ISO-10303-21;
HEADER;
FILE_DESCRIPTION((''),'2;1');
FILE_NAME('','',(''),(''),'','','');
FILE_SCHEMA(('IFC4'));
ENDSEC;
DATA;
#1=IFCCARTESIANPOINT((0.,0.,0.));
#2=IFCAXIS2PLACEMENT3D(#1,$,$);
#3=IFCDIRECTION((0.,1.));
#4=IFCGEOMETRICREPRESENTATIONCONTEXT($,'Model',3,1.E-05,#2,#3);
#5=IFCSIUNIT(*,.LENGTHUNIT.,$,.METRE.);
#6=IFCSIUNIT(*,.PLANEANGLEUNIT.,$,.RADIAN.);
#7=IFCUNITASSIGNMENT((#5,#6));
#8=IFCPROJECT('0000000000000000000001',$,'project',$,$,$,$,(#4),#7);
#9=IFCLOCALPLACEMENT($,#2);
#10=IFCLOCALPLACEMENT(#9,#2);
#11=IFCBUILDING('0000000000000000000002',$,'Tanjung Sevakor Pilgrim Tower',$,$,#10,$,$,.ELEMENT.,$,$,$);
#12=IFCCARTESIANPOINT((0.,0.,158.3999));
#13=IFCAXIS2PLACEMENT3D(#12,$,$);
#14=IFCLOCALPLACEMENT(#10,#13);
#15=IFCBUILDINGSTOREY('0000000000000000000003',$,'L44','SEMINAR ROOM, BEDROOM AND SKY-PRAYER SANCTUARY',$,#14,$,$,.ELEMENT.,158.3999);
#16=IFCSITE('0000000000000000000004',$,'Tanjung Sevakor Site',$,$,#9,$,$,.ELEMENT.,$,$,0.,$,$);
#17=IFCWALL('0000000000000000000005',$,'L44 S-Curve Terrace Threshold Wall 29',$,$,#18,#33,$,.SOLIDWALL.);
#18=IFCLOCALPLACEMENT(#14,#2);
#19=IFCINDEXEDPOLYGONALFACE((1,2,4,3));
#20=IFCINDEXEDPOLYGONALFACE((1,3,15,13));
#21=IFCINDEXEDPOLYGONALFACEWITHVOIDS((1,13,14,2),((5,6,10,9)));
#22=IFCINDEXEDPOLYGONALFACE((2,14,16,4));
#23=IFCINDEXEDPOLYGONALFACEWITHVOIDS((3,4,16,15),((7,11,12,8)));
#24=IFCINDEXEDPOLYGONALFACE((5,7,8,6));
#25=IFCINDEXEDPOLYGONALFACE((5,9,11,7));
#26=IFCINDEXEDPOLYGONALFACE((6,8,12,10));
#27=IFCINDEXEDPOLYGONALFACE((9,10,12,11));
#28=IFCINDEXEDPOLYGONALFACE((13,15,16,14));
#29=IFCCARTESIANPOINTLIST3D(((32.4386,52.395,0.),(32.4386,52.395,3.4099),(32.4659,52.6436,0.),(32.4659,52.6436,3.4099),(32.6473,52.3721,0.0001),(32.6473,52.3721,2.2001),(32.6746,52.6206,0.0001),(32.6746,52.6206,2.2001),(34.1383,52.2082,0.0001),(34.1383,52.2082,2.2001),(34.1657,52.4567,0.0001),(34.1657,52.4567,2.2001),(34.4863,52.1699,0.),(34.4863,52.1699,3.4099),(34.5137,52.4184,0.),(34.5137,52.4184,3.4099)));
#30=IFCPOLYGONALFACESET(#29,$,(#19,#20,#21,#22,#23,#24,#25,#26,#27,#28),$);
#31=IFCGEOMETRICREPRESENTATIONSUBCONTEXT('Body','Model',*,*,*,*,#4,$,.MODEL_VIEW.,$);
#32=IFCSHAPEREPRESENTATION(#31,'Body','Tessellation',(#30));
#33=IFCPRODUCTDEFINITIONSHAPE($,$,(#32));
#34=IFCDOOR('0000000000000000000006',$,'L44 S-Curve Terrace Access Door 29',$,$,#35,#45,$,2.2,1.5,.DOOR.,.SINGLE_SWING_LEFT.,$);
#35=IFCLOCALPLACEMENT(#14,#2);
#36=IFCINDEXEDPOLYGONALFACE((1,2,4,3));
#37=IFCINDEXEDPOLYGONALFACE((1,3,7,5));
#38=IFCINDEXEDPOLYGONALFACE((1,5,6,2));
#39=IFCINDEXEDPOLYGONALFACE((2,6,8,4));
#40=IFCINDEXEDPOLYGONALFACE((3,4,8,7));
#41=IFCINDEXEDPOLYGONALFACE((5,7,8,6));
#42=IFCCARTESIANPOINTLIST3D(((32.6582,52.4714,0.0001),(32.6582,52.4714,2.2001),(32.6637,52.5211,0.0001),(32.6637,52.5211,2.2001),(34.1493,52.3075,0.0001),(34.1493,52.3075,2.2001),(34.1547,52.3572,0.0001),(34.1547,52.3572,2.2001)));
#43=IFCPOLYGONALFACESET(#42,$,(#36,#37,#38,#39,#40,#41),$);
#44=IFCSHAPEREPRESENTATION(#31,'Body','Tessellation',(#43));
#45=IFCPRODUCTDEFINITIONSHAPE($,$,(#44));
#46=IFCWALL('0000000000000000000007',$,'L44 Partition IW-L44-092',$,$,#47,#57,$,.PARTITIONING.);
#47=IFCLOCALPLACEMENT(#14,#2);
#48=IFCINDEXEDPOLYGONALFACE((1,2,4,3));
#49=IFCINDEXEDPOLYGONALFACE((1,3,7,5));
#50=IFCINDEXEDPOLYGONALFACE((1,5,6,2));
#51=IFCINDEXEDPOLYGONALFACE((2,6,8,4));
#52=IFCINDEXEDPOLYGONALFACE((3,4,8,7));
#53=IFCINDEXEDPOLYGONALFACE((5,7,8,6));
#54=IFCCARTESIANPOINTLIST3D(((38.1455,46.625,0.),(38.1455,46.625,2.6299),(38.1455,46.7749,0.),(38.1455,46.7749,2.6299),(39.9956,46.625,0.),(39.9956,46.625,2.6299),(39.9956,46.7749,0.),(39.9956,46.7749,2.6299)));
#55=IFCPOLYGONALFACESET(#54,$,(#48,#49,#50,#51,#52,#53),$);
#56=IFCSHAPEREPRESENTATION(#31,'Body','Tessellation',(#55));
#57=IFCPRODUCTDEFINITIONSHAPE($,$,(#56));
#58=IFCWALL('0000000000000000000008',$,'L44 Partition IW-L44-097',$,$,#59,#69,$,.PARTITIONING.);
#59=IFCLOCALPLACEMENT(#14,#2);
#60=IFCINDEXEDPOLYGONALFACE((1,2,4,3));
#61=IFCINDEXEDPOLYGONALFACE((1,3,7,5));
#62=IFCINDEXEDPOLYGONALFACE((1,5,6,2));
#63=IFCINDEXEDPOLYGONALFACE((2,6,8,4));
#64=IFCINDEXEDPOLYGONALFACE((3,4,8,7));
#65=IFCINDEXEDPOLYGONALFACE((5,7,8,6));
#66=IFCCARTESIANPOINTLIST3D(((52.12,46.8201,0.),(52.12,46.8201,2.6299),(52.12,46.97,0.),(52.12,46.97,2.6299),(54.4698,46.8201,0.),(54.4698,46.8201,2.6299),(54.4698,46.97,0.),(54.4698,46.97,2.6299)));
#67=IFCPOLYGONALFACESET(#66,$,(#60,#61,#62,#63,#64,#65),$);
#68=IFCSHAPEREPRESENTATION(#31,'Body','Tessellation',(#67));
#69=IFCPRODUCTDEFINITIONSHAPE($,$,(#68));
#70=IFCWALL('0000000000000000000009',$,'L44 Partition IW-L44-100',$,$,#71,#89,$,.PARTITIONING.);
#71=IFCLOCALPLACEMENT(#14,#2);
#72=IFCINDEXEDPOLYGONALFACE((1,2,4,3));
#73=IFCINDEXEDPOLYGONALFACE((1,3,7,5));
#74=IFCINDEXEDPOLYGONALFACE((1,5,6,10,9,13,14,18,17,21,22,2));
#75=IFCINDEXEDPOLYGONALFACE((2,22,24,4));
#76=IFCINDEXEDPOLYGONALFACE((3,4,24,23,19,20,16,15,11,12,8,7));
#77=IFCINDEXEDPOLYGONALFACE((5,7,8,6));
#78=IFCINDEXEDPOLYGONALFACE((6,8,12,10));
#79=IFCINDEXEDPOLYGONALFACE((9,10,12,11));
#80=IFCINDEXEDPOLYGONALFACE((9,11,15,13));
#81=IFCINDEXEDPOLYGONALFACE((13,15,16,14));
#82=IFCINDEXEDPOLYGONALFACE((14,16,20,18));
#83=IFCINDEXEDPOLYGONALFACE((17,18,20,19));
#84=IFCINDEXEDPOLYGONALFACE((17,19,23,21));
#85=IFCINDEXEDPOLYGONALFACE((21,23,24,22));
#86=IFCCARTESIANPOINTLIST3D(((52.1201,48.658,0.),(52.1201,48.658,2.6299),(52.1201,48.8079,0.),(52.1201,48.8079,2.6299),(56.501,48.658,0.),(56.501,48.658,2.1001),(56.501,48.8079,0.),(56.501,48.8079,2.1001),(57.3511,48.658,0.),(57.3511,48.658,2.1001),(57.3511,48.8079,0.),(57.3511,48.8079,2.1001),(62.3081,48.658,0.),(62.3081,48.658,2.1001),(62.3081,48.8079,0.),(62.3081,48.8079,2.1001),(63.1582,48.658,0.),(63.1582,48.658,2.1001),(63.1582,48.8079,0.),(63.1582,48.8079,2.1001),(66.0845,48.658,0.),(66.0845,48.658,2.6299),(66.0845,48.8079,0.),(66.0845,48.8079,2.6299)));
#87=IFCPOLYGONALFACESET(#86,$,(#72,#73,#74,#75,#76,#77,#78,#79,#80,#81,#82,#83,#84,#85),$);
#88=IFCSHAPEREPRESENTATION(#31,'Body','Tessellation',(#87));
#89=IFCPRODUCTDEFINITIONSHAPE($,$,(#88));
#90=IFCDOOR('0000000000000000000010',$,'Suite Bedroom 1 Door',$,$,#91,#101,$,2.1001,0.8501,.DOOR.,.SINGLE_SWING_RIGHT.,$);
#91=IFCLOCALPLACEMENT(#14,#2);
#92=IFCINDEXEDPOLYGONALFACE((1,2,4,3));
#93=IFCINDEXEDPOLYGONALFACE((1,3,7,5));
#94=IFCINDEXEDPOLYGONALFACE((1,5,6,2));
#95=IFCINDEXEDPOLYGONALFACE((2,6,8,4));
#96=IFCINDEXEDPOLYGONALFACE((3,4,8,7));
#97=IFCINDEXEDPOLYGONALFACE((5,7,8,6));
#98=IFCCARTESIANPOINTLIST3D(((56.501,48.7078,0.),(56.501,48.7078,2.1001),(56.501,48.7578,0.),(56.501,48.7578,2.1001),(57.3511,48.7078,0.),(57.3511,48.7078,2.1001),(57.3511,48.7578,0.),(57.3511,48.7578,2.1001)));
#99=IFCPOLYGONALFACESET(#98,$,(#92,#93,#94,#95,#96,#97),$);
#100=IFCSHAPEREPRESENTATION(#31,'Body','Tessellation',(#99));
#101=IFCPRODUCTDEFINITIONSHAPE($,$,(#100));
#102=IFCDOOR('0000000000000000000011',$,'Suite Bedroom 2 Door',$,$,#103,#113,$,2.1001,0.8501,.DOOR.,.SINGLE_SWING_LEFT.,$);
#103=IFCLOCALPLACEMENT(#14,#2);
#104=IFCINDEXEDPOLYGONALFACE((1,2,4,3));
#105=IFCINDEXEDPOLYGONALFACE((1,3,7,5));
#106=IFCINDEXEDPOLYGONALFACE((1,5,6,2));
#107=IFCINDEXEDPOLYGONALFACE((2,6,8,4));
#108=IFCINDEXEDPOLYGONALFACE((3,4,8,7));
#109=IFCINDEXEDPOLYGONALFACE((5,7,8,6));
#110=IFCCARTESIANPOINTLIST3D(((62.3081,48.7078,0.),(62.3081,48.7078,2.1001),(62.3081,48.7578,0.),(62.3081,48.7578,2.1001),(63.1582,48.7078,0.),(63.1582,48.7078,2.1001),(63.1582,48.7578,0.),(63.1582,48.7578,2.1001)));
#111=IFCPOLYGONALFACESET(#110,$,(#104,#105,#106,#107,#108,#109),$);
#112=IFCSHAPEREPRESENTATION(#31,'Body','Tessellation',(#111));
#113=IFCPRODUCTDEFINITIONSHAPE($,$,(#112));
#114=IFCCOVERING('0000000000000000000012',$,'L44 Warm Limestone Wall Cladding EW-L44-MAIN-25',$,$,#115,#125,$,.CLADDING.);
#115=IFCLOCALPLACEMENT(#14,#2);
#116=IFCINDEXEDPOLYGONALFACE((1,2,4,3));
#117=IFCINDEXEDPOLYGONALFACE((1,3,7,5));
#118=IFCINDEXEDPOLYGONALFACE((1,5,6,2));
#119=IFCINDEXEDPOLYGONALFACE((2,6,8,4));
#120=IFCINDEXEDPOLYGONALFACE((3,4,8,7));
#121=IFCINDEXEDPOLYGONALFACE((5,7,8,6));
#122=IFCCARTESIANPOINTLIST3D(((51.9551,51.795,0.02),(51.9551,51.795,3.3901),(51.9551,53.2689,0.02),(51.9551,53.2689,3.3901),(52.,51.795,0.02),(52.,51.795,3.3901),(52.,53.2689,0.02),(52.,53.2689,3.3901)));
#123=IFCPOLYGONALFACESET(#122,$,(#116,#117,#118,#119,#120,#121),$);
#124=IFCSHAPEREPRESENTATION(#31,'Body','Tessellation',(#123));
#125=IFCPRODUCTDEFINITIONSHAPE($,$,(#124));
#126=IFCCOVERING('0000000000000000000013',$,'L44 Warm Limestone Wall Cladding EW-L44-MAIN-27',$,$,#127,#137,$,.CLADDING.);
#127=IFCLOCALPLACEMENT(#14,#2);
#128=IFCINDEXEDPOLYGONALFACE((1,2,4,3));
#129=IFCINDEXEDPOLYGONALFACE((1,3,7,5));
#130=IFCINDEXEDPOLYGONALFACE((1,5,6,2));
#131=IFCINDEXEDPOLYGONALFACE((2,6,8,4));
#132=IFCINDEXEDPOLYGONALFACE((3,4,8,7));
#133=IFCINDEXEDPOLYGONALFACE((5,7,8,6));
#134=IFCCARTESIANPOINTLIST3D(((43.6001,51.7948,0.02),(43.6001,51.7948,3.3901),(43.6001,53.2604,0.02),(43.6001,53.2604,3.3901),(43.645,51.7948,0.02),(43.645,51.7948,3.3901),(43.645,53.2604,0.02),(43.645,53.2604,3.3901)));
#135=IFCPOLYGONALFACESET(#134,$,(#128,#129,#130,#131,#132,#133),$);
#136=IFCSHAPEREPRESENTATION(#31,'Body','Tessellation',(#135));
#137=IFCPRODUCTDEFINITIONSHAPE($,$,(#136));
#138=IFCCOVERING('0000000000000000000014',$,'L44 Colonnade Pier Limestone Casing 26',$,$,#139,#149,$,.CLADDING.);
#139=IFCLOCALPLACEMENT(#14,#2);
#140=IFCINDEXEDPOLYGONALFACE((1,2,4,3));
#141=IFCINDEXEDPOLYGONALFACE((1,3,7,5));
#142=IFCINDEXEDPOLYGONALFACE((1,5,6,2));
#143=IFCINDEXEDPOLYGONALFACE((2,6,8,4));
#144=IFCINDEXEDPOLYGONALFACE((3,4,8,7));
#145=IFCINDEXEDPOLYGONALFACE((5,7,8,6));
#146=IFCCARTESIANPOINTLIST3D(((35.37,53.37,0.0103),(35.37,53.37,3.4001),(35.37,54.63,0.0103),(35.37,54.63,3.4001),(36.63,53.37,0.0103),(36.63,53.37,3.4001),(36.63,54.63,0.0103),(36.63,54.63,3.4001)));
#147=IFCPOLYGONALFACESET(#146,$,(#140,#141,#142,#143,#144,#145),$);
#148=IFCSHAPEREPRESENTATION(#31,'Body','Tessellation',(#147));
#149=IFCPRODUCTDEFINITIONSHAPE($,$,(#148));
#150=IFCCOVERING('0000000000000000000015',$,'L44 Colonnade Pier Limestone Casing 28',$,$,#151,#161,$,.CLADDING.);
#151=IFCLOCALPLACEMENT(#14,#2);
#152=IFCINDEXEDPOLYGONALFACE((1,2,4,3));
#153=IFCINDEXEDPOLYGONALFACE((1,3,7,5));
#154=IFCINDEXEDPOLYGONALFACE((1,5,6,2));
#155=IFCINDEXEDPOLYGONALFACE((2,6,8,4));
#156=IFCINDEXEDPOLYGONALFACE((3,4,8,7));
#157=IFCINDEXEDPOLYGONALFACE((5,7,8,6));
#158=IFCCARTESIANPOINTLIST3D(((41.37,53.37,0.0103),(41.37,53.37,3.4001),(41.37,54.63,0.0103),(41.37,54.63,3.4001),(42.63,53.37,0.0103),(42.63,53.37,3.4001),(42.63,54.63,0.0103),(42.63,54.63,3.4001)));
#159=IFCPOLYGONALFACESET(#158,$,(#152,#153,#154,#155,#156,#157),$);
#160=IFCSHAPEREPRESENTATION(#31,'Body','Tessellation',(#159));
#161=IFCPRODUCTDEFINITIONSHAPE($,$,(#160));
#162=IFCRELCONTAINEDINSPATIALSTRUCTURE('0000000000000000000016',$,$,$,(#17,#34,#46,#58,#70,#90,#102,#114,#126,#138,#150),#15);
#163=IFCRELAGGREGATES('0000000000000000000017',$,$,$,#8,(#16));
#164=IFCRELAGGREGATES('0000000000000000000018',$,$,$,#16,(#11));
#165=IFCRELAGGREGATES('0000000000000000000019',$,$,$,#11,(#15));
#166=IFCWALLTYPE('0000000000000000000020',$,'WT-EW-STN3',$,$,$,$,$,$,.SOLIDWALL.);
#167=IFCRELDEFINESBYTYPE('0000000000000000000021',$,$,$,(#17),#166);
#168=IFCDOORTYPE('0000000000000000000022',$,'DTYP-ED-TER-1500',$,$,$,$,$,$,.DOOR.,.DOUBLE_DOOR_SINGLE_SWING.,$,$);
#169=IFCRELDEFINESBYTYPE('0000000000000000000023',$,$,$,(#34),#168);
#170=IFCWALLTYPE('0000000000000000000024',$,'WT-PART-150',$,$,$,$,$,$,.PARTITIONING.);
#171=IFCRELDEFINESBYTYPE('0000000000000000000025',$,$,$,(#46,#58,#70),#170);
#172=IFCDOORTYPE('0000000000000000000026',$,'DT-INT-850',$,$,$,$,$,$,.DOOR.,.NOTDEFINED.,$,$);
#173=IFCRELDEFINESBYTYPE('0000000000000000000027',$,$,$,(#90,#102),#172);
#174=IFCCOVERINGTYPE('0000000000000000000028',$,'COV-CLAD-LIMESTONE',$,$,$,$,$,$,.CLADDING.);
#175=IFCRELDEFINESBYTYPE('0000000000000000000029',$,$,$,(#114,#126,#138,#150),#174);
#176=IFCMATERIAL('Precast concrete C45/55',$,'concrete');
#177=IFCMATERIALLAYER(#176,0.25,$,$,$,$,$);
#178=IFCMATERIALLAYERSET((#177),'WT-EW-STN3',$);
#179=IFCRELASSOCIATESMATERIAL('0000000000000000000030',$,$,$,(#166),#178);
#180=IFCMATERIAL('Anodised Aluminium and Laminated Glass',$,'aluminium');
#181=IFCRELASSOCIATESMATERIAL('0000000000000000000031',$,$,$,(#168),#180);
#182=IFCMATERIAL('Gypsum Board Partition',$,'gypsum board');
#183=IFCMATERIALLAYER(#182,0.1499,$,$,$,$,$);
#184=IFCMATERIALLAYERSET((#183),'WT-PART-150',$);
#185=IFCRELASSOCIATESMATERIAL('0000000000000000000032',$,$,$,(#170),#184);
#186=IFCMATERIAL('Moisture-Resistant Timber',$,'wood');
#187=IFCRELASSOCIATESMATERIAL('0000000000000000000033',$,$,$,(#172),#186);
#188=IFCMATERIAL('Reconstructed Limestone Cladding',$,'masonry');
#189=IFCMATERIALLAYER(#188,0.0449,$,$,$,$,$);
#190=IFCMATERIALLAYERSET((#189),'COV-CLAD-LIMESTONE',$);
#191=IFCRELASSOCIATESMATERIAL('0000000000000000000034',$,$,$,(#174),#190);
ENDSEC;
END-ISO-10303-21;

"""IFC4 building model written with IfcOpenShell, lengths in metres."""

from ifc_helpers import new_model, si_unit, direction, frame, frame_2d, origin, origin_2d, place, context, subcontext, project, spatial, rectangle, extrude, material, layer, layer_set, type_object, element, fill, save


model = new_model("IFC4")

# Units and contexts
model_context = context("Model", 3, precision=1e-05, world=origin(), true_north=direction((0.0, 1.0)))
body_context = subcontext(model_context, "Body", "Model", "MODEL_VIEW")
ifc_project = project(units=[si_unit("LENGTHUNIT", "METRE"), si_unit("PLANEANGLEUNIT", "RADIAN")], contexts=[model_context])

# Site, building, storey
site_placement = place(None, origin())
site = spatial("IfcSite", under=ifc_project, at=site_placement, Name="Tanjung Sevakor Site", CompositionType="ELEMENT", RefElevation=0.0)
building_placement = place(site_placement, origin())
building = spatial("IfcBuilding", under=site, at=building_placement, Name="Tanjung Sevakor Pilgrim Tower", CompositionType="ELEMENT")
storey_placement = place(building_placement, frame((0.0, 0.0, 158.3999)))
storey = spatial("IfcBuildingStorey", under=building, at=storey_placement, Name="L44", Description="SEMINAR ROOM, BEDROOM AND SKY-PRAYER SANCTUARY", CompositionType="ELEMENT", Elevation=158.3999)

# Shared definitions
ifc_material_1 = material(Name="Precast concrete C45/55", Category="concrete")
ifc_layer_1 = layer(ifc_material_1, 0.25)
ifc_layer_set_1 = layer_set([ifc_layer_1], Name="WT-EW-STN3")
wall_type_1 = type_object("IfcWallType", Name="WT-EW-STN3", PredefinedType="SOLIDWALL", material=ifc_layer_set_1)

# Wall, opening, door
wall_1_placement = place(storey_placement, frame((34.5, 52.2942, 0.0), z_axis=(0.0, 0.0, 1.0), x_axis=(-0.994012, 0.109274, 0.0)))
wall_1 = element("IfcWall", 1, at=wall_1_placement, inside=storey, type_object=wall_type_1, Name="L44 S-Curve Terrace Threshold Wall 29", PredefinedType="SOLIDWALL", context=body_context, shape_type="SweptSolid", body=[
    extrude(rectangle(XDim=2.0601, YDim=0.25, at=frame_2d((1.03, 0.0))), origin(), (0.0, 0.0, 1.0), 3.4099),
])
opening_1_placement = place(wall_1_placement, frame((0.3501, 0.0, 0.0)))
opening_1 = element("IfcOpeningElement", 2, at=opening_1_placement, cuts=wall_1, PredefinedType="OPENING", context=body_context, shape_type="SweptSolid", body=[
    extrude(rectangle(XDim=1.5, YDim=2.2, at=frame_2d((0.75, 1.1001))), frame((0.0, 0.135, 0.0), z_axis=(0.0, -1.0, 0.0), x_axis=(1.0, 0.0, 0.0)), (0.0, 0.0, 1.0), 0.27),
])
ifc_material_2 = material(Name="Anodised Aluminium and Laminated Glass", Category="aluminium")
door_type_1 = type_object("IfcDoorType", Name="DTYP-ED-TER-1500", OperationType="DOUBLE_DOOR_SINGLE_SWING", PredefinedType="DOOR", material=ifc_material_2)
door_1_placement = place(opening_1_placement, frame((1.5, 0.0, 0.0), z_axis=(0.0, 0.0, 1.0), x_axis=(-1.0, 0.0, 0.0)))
door_1 = element("IfcDoor", 3, at=door_1_placement, inside=storey, type_object=door_type_1, Name="L44 S-Curve Terrace Access Door 29", OperationType="SINGLE_SWING_LEFT", OverallHeight=2.2, OverallWidth=1.5, PredefinedType="DOOR", context=body_context, shape_type="SweptSolid", body=[
    extrude(rectangle(XDim=1.5, YDim=2.2, at=frame_2d((0.75, 1.1001))), frame((0.0, 0.0249, 0.0), z_axis=(0.0, -1.0, 0.0), x_axis=(1.0, 0.0, 0.0)), (0.0, 0.0, 1.0), 0.05),
])
fill(opening_1, door_1)

# Walls
ifc_material_3 = material(Name="Gypsum Board Partition", Category="gypsum board")
ifc_layer_2 = layer(ifc_material_3, 0.1499)
ifc_layer_set_2 = layer_set([ifc_layer_2], Name="WT-PART-150")
wall_type_2 = type_object("IfcWallType", Name="WT-PART-150", PredefinedType="PARTITIONING", material=ifc_layer_set_2)
wall_2_placement = place(storey_placement, frame((38.1455, 46.7, 0.0), z_axis=(0.0, 0.0, 1.0), x_axis=(1.0, 0.0, 0.0)))
element("IfcWall", 4, at=wall_2_placement, inside=storey, type_object=wall_type_2, Name="L44 Partition IW-L44-092", PredefinedType="PARTITIONING", context=body_context, shape_type="SweptSolid", body=[
    extrude(rectangle(XDim=1.8501, YDim=0.1499, at=frame_2d((0.925, 0.0))), origin(), (0.0, 0.0, 1.0), 2.6299),
])
wall_3_placement = place(storey_placement, frame((52.1201, 46.895, 0.0), z_axis=(0.0, 0.0, 1.0), x_axis=(1.0, 0.0, 0.0)))
element("IfcWall", 5, at=wall_3_placement, inside=storey, type_object=wall_type_2, Name="L44 Partition IW-L44-097", PredefinedType="PARTITIONING", context=body_context, shape_type="SweptSolid", body=[
    extrude(rectangle(XDim=2.3499, YDim=0.1499, at=frame_2d((1.1748, 0.0))), origin(), (0.0, 0.0, 1.0), 2.6299),
])

# Wall, openings, doors
wall_4_placement = place(storey_placement, frame((52.1201, 48.7329, 0.0), z_axis=(0.0, 0.0, 1.0), x_axis=(1.0, 0.0, 0.0)))
wall_4 = element("IfcWall", 6, at=wall_4_placement, inside=storey, type_object=wall_type_2, Name="L44 Partition IW-L44-100", PredefinedType="PARTITIONING", context=body_context, shape_type="SweptSolid", body=[
    extrude(rectangle(XDim=13.9644, YDim=0.1499, at=frame_2d((6.9822, 0.0))), origin(), (0.0, 0.0, 1.0), 2.6299),
])
opening_2_placement = place(wall_4_placement, frame((4.3809, 0.0, 0.0)))
opening_2 = element("IfcOpeningElement", 7, at=opening_2_placement, cuts=wall_4, PredefinedType="OPENING", context=body_context, shape_type="SweptSolid", body=[
    extrude(rectangle(XDim=0.8501, YDim=2.1001, at=frame_2d((0.425, 1.05))), frame((0.0, 0.085, 0.0), z_axis=(0.0, -1.0, 0.0), x_axis=(1.0, 0.0, 0.0)), (0.0, 0.0, 1.0), 0.1699),
])
opening_3_placement = place(wall_4_placement, frame((10.188, 0.0, 0.0)))
opening_3 = element("IfcOpeningElement", 8, at=opening_3_placement, cuts=wall_4, PredefinedType="OPENING", context=body_context, shape_type="SweptSolid", body=[
    extrude(rectangle(XDim=0.8501, YDim=2.1001, at=frame_2d((0.425, 1.05))), frame((0.0, 0.085, 0.0), z_axis=(0.0, -1.0, 0.0), x_axis=(1.0, 0.0, 0.0)), (0.0, 0.0, 1.0), 0.1699),
])
ifc_material_4 = material(Name="Moisture-Resistant Timber", Category="wood")
door_type_2 = type_object("IfcDoorType", Name="DT-INT-850", OperationType="NOTDEFINED", PredefinedType="DOOR", material=ifc_material_4)
door_2_placement = place(opening_2_placement, origin())
door_2 = element("IfcDoor", 9, at=door_2_placement, inside=storey, type_object=door_type_2, Name="Suite Bedroom 1 Door", OperationType="SINGLE_SWING_RIGHT", OverallHeight=2.1001, OverallWidth=0.8501, PredefinedType="DOOR", context=body_context, shape_type="SweptSolid", body=[
    extrude(rectangle(XDim=0.8501, YDim=2.1001, at=frame_2d((0.425, 1.05))), frame((0.0, 0.0249, 0.0), z_axis=(0.0, -1.0, 0.0), x_axis=(1.0, 0.0, 0.0)), (0.0, 0.0, 1.0), 0.05),
])
fill(opening_2, door_2)
door_3_placement = place(opening_3_placement, origin())
door_3 = element("IfcDoor", 10, at=door_3_placement, inside=storey, type_object=door_type_2, Name="Suite Bedroom 2 Door", OperationType="SINGLE_SWING_LEFT", OverallHeight=2.1001, OverallWidth=0.8501, PredefinedType="DOOR", context=body_context, shape_type="SweptSolid", body=[
    extrude(rectangle(XDim=0.8501, YDim=2.1001, at=frame_2d((0.425, 1.05))), frame((0.0, 0.0249, 0.0), z_axis=(0.0, -1.0, 0.0), x_axis=(1.0, 0.0, 0.0)), (0.0, 0.0, 1.0), 0.05),
])
fill(opening_3, door_3)

# Coverings
ifc_material_5 = material(Name="Reconstructed Limestone Cladding", Category="masonry")
ifc_layer_3 = layer(ifc_material_5, 0.0449)
ifc_layer_set_3 = layer_set([ifc_layer_3], Name="COV-CLAD-LIMESTONE")
covering_type = type_object("IfcCoveringType", Name="COV-CLAD-LIMESTONE", PredefinedType="CLADDING", material=ifc_layer_set_3)
covering_1_placement = place(storey_placement, frame((51.9775, 52.532, 0.02), z_axis=(0.0, 0.0, 1.0), x_axis=(0.0, -1.0, 0.0)))
element("IfcCovering", 11, at=covering_1_placement, inside=storey, type_object=covering_type, Name="L44 Warm Limestone Wall Cladding EW-L44-MAIN-25", PredefinedType="CLADDING", context=body_context, shape_type="SweptSolid", body=[
    extrude(rectangle(XDim=1.4739, YDim=0.0449, at=origin_2d()), origin(), (0.0, 0.0, 1.0), 3.3701),
])
covering_2_placement = place(storey_placement, frame((43.6226, 52.5276, 0.02), z_axis=(0.0, 0.0, 1.0), x_axis=(0.0, 1.0, 0.0)))
element("IfcCovering", 12, at=covering_2_placement, inside=storey, type_object=covering_type, Name="L44 Warm Limestone Wall Cladding EW-L44-MAIN-27", PredefinedType="CLADDING", context=body_context, shape_type="SweptSolid", body=[
    extrude(rectangle(XDim=1.4656, YDim=0.0449, at=origin_2d()), origin(), (0.0, 0.0, 1.0), 3.3701),
])
for number, where, z_axis, x_axis, name in (
    (13, (36.0, 54.0, 0.0103), (0.0, 0.0, 1.0), (1.0, 0.0, 0.0), "L44 Colonnade Pier Limestone Casing 26"),
    (14, (42.0, 54.0, 0.0103), (0.0, 0.0, 1.0), (1.0, 0.0, 0.0), "L44 Colonnade Pier Limestone Casing 28"),
):
    element("IfcCovering", number, at=place(storey_placement, frame(where, z_axis=z_axis, x_axis=x_axis)), inside=storey, type_object=covering_type, Name=name, PredefinedType="CLADDING", context=body_context, shape_type="SweptSolid", body=[
        extrude(rectangle(XDim=1.26, YDim=1.26, at=origin_2d()), origin(), (0.0, 0.0, 1.0), 3.3899),
    ])

save(model, "model.ifc")
